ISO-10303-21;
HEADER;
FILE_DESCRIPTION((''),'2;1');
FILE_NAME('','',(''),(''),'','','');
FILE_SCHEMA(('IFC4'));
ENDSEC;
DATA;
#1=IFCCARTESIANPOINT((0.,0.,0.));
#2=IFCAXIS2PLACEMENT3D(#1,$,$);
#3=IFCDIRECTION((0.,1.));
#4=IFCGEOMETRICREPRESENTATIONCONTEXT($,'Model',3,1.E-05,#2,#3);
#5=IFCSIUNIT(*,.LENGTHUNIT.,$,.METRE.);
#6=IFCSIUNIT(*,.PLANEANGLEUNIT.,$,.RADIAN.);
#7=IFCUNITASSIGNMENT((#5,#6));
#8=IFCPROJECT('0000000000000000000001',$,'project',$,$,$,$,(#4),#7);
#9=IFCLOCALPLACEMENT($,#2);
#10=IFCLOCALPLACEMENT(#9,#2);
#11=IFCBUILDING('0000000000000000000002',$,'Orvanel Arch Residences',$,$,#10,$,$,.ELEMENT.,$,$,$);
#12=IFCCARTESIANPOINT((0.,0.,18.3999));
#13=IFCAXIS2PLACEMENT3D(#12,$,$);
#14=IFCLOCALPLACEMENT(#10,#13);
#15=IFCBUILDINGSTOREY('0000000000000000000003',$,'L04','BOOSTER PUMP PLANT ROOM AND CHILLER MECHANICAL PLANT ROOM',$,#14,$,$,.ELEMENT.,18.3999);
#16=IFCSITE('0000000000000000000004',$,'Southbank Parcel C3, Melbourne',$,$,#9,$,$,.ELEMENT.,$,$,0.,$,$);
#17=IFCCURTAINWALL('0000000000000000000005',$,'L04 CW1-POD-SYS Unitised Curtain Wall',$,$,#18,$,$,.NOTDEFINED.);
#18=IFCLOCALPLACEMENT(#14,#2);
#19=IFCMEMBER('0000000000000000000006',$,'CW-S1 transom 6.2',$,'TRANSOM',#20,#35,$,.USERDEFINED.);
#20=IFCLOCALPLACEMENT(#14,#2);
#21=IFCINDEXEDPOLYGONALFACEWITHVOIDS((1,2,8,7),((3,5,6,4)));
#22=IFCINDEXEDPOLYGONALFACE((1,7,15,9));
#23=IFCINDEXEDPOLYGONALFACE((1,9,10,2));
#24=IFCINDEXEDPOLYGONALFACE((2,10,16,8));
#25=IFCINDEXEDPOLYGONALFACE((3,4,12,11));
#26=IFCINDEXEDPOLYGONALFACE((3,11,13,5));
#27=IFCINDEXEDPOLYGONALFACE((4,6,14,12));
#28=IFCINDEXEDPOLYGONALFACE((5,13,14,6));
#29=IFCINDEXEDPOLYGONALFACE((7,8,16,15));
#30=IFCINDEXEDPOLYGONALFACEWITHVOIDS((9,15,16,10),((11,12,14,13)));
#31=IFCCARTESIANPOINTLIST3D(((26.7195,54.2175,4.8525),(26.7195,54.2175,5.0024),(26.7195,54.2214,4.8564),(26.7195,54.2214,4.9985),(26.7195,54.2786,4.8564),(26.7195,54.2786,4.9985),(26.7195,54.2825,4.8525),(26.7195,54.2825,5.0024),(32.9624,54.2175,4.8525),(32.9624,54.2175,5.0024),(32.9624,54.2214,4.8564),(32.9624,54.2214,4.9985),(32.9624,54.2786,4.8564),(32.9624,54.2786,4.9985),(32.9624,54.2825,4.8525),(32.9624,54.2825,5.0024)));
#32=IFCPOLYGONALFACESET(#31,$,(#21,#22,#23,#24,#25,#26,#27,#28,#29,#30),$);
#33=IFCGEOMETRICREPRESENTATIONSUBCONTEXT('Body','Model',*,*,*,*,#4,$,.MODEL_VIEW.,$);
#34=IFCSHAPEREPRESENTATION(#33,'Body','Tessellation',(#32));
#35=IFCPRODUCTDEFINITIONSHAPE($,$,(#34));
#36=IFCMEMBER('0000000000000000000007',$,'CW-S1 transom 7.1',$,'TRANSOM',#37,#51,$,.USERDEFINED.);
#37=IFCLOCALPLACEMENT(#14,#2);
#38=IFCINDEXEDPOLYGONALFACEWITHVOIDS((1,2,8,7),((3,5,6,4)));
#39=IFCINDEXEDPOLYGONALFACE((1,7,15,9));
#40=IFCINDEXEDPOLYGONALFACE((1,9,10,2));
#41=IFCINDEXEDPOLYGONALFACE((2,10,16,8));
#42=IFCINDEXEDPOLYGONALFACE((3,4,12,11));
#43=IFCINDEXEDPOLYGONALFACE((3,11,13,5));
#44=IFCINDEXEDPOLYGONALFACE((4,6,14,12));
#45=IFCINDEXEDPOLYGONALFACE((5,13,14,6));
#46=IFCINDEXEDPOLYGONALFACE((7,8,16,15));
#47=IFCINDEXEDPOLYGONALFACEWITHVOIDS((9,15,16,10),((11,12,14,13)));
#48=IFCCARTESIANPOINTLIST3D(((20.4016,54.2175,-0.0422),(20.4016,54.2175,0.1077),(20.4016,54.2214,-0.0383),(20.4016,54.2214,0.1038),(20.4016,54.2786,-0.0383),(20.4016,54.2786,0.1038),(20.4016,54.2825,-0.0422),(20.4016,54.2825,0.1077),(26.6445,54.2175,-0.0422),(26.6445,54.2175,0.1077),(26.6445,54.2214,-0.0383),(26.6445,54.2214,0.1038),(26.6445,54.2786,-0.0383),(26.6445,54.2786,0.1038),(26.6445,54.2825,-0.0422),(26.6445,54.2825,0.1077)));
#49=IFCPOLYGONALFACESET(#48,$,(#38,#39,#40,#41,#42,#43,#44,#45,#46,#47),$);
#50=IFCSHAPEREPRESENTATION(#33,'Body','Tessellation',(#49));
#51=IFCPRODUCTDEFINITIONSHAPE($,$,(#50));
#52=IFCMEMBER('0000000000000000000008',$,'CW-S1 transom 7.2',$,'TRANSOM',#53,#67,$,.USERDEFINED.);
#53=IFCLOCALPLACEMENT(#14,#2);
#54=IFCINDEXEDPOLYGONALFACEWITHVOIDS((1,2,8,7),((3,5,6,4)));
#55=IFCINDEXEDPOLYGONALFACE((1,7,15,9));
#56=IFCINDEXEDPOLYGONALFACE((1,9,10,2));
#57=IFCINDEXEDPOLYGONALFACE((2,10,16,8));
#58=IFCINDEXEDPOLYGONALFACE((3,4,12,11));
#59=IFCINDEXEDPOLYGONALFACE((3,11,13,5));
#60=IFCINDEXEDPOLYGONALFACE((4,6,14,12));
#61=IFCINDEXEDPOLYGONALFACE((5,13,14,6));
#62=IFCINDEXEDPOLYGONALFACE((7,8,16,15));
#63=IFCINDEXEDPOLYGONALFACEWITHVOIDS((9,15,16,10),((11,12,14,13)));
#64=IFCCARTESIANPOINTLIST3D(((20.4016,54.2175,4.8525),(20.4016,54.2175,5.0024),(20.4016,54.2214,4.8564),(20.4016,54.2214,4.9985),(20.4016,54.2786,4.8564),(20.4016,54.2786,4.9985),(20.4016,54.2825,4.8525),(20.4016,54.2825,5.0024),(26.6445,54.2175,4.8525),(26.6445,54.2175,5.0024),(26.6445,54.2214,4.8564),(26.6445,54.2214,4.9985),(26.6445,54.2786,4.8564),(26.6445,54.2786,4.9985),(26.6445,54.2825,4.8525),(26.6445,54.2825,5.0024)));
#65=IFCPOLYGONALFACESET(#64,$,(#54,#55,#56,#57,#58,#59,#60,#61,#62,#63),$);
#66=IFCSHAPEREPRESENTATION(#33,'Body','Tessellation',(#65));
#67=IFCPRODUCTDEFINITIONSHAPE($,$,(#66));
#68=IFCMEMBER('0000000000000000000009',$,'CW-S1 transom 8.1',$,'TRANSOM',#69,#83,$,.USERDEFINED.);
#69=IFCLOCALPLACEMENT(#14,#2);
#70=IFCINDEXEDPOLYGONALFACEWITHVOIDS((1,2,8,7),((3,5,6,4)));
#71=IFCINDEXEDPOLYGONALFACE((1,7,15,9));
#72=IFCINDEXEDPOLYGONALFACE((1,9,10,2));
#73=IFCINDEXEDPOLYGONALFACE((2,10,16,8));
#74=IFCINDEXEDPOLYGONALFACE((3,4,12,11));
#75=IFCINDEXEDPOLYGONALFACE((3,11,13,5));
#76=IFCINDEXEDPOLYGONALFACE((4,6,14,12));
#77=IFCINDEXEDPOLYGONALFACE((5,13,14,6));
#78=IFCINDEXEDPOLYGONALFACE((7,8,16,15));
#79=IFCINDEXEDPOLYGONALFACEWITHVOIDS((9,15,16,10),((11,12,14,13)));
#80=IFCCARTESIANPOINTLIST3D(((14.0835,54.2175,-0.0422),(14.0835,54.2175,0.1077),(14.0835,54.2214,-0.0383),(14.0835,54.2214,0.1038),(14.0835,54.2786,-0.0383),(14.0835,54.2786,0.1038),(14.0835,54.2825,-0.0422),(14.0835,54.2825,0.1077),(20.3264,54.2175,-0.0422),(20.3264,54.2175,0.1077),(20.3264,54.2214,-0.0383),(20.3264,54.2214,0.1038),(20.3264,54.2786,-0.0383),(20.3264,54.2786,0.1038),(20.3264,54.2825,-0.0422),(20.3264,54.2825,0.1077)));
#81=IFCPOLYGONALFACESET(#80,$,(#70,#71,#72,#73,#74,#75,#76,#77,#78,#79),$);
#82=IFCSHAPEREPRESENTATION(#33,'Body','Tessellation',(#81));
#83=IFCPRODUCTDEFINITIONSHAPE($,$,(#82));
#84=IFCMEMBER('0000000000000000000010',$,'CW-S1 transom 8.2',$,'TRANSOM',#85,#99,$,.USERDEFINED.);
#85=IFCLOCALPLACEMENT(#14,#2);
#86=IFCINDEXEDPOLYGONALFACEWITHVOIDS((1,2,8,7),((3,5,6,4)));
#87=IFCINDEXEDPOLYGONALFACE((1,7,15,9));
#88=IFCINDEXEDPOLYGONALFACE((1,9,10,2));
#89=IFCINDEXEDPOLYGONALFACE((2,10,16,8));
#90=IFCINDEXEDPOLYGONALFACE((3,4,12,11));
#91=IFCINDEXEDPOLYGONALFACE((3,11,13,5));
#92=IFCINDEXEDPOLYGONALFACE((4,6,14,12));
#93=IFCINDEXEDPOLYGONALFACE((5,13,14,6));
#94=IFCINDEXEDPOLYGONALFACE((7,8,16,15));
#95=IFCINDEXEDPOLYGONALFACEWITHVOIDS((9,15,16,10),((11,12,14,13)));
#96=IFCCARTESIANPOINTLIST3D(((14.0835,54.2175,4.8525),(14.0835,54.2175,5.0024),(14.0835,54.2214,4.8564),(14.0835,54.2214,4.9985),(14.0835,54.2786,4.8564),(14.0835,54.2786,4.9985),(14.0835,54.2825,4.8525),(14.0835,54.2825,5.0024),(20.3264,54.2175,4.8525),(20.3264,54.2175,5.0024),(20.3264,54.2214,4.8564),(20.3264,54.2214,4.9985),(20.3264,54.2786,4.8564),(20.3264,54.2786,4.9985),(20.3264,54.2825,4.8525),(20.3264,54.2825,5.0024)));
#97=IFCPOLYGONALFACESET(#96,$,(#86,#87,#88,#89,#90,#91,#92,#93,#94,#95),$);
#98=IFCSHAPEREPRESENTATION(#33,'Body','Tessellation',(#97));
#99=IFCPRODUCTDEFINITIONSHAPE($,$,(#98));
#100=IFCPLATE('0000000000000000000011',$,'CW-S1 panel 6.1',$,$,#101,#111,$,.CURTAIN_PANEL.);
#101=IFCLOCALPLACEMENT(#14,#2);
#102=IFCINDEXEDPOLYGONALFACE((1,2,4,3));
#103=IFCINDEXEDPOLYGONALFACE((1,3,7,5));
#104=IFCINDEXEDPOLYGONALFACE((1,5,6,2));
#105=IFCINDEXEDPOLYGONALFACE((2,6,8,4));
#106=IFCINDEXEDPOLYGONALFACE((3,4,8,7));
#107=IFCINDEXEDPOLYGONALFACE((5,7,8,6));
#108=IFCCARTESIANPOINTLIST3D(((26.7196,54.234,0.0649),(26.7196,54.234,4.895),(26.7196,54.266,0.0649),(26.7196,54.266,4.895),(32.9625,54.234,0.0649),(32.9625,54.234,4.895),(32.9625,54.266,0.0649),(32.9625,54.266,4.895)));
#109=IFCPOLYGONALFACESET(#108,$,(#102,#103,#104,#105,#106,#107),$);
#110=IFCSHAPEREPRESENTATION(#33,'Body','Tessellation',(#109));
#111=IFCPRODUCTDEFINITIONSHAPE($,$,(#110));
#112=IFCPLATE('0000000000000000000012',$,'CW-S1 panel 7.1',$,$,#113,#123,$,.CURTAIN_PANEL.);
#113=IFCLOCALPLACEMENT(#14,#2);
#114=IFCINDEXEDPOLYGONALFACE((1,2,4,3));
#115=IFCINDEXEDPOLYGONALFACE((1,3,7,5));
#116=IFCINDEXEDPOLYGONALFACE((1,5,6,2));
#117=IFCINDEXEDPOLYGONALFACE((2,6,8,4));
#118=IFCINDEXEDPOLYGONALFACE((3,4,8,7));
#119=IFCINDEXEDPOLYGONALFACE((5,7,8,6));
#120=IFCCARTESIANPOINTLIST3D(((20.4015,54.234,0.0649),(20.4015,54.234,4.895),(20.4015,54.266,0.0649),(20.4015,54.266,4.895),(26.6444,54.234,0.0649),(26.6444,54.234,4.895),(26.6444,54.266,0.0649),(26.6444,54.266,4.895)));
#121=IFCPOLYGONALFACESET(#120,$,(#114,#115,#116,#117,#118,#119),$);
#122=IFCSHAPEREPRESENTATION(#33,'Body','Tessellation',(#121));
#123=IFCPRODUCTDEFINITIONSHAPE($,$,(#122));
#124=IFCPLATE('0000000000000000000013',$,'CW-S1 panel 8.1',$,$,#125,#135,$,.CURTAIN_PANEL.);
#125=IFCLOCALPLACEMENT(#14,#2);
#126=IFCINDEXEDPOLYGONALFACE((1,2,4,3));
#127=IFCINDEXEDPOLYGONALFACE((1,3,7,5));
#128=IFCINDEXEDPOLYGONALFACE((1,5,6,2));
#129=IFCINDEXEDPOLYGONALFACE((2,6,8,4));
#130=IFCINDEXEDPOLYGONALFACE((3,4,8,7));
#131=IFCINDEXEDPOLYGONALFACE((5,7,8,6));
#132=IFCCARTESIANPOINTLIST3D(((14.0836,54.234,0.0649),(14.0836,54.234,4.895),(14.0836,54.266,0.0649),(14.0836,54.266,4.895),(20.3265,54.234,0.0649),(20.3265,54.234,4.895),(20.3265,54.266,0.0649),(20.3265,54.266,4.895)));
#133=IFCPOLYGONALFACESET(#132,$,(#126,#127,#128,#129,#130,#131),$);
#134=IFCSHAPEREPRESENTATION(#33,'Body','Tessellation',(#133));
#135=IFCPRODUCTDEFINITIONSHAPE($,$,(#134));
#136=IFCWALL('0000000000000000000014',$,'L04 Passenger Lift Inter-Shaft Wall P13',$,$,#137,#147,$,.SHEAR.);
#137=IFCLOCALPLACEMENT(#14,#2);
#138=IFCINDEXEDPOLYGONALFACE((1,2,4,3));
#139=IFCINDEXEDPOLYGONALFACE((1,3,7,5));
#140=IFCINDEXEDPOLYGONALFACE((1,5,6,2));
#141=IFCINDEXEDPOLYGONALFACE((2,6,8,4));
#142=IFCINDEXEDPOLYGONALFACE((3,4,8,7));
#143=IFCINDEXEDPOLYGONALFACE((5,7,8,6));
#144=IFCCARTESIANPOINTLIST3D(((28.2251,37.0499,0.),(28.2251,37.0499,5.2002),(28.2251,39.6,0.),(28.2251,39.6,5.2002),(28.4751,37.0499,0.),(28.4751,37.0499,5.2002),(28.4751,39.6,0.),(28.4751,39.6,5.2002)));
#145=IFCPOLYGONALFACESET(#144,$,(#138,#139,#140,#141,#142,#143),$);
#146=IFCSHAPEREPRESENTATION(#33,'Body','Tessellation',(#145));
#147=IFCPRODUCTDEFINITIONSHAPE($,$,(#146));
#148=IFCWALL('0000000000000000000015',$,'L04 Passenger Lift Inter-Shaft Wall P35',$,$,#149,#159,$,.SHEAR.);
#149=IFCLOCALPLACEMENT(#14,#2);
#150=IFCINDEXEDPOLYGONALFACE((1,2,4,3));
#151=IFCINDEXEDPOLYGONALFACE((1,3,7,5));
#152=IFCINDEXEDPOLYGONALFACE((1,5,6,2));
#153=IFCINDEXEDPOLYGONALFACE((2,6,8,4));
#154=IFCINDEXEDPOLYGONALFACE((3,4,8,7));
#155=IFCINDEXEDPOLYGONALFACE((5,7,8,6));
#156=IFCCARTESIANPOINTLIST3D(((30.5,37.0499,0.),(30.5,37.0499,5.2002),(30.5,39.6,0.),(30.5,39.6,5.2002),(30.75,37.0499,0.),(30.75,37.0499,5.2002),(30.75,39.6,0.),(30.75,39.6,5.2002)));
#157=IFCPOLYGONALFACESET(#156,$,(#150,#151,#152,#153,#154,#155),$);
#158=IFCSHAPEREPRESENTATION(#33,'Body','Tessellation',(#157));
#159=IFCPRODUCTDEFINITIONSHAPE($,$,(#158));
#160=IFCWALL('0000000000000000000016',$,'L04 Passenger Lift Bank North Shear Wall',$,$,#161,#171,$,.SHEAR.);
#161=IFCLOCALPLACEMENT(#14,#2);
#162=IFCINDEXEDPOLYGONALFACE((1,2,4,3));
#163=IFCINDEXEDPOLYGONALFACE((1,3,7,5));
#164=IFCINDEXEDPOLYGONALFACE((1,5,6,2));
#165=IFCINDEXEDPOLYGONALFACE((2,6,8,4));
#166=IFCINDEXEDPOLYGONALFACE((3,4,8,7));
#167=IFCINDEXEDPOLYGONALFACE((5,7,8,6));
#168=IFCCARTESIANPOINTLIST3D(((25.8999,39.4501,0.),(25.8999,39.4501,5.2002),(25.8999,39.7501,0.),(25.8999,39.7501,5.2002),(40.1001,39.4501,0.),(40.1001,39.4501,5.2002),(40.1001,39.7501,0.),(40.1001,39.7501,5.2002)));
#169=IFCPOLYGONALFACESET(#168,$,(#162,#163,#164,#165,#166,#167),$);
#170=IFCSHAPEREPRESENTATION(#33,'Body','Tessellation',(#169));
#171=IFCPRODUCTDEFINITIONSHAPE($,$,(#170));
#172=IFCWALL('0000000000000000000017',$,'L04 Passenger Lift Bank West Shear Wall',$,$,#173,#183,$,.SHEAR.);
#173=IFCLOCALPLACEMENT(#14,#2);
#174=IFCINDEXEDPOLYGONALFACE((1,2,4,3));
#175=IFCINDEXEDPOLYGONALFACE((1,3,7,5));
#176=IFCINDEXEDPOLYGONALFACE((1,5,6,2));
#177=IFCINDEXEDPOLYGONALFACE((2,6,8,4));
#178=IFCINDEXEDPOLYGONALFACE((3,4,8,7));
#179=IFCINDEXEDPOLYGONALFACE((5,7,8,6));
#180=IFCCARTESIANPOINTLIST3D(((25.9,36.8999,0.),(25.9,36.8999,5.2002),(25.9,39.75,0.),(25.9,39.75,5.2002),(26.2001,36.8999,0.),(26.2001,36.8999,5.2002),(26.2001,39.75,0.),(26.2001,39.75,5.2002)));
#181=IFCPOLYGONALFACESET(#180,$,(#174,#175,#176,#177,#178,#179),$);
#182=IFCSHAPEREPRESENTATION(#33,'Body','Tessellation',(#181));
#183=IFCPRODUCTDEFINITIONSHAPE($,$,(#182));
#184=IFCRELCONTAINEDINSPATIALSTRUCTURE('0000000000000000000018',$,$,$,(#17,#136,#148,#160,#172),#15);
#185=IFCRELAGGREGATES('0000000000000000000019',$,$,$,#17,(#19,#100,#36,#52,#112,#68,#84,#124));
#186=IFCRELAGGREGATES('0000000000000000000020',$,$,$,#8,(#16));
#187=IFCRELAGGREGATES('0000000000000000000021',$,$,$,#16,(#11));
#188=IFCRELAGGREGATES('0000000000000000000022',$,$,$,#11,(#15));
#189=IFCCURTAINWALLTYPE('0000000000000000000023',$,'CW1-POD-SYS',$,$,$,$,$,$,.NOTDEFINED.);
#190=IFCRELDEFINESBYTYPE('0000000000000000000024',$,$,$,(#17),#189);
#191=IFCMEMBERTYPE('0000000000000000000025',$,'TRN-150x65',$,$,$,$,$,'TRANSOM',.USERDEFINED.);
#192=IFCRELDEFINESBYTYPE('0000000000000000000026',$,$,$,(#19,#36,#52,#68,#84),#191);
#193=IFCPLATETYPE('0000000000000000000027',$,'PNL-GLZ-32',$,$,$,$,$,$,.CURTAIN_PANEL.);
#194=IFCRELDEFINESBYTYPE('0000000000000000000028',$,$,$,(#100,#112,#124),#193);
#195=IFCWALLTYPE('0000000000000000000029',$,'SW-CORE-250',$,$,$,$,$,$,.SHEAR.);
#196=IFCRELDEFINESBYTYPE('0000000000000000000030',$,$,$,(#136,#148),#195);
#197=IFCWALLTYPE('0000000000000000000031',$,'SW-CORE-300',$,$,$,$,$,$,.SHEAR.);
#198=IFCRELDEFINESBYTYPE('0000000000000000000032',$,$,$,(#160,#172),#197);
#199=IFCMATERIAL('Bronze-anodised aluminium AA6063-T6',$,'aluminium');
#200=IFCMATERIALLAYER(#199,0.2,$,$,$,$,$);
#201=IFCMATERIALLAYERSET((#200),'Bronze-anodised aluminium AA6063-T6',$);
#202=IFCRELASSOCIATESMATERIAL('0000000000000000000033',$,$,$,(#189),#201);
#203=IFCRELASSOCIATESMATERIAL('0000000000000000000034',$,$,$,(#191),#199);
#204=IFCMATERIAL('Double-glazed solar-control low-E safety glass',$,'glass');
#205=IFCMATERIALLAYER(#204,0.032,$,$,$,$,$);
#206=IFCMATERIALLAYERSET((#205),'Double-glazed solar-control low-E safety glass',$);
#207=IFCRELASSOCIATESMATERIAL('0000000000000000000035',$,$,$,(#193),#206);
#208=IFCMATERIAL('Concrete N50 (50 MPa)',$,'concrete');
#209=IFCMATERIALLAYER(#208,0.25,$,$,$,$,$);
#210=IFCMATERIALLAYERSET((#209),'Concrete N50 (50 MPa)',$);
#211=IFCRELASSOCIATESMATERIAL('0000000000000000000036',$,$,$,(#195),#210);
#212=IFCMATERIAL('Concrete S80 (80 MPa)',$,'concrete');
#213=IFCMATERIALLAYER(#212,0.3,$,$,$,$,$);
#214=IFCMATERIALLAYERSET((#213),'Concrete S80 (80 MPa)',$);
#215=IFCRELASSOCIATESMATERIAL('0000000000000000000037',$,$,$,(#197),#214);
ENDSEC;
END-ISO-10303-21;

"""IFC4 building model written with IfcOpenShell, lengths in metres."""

from ifc_helpers import new_model, si_unit, direction, frame, frame_2d, origin, origin_2d, place, context, subcontext, project, spatial, rectangle, hollow_rectangle, extrude, material, layer, layer_set, material_profile, profile_set, type_object, element, aggregate, save


model = new_model("IFC4")

# Units and contexts
model_context = context("Model", 3, precision=1e-05, world=origin(), true_north=direction((0.0, 1.0)))
body_context = subcontext(model_context, "Body", "Model", "MODEL_VIEW")
ifc_project = project(units=[si_unit("LENGTHUNIT", "METRE"), si_unit("PLANEANGLEUNIT", "RADIAN")], contexts=[model_context])

# Site, building, storey
site_placement = place(None, origin())
site = spatial("IfcSite", under=ifc_project, at=site_placement, Name="Southbank Parcel C3, Melbourne", CompositionType="ELEMENT", RefElevation=0.0)
building_placement = place(site_placement, origin())
building = spatial("IfcBuilding", under=site, at=building_placement, Name="Orvanel Arch Residences", CompositionType="ELEMENT")
storey_placement = place(building_placement, frame((0.0, 0.0, 18.3999)))
storey = spatial("IfcBuildingStorey", under=building, at=storey_placement, Name="L04", Description="BOOSTER PUMP PLANT ROOM AND CHILLER MECHANICAL PLANT ROOM", CompositionType="ELEMENT", Elevation=18.3999)

# Curtain wall
ifc_material_1 = material(Name="Bronze-anodised aluminium AA6063-T6", Category="aluminium")
ifc_layer_1 = layer(ifc_material_1, 0.2)
ifc_layer_set_1 = layer_set([ifc_layer_1], Name="Bronze-anodised aluminium AA6063-T6")
curtain_wall_type = type_object("IfcCurtainWallType", Name="CW1-POD-SYS", PredefinedType="NOTDEFINED", material=ifc_layer_set_1)
curtain_wall_placement = place(storey_placement, origin())
curtain_wall = element("IfcCurtainWall", 1, at=curtain_wall_placement, inside=storey, type_object=curtain_wall_type, Name="L04 CW1-POD-SYS Unitised Curtain Wall", PredefinedType="NOTDEFINED")

# Members
ifc_material_profile_1 = material_profile(ifc_material_1, hollow_rectangle(XDim=0.0649, YDim=0.1499, WallThickness=0.0039, at=origin_2d()), Name="ALU150x65x4")
ifc_profile_set_1 = profile_set([ifc_material_profile_1], Name="Bronze-anodised aluminium AA6063-T6")
member_type_1 = type_object("IfcMemberType", Name="TRN-150x65", ElementType="TRANSOM", PredefinedType="USERDEFINED", material=ifc_profile_set_1)
member_1_placement = place(storey_placement, frame((32.9624, 54.25, 4.9275), z_axis=(-1.0, 0.0, 0.0), x_axis=(0.0, -1.0, 0.0)))
member_1 = element("IfcMember", 2, at=member_1_placement, type_object=member_type_1, Name="CW-S1 transom 6.2", ObjectType="TRANSOM", PredefinedType="USERDEFINED", context=body_context, shape_type="SweptSolid", body=[
    extrude(hollow_rectangle(XDim=0.0649, YDim=0.1499, WallThickness=0.0039, at=origin_2d()), origin(), (0.0, 0.0, 1.0), 6.2429),
])
member_2_placement = place(storey_placement, frame((26.6445, 54.25, 0.0327), z_axis=(-1.0, 0.0, 0.0), x_axis=(0.0, -1.0, 0.0)))
member_2 = element("IfcMember", 3, at=member_2_placement, type_object=member_type_1, Name="CW-S1 transom 7.1", ObjectType="TRANSOM", PredefinedType="USERDEFINED", context=body_context, shape_type="SweptSolid", body=[
    extrude(hollow_rectangle(XDim=0.0649, YDim=0.1499, WallThickness=0.0039, at=origin_2d()), origin(), (0.0, 0.0, 1.0), 6.2429),
])
member_3_placement = place(storey_placement, frame((26.6445, 54.25, 4.9275), z_axis=(-1.0, 0.0, 0.0), x_axis=(0.0, -1.0, 0.0)))
member_3 = element("IfcMember", 4, at=member_3_placement, type_object=member_type_1, Name="CW-S1 transom 7.2", ObjectType="TRANSOM", PredefinedType="USERDEFINED", context=body_context, shape_type="SweptSolid", body=[
    extrude(hollow_rectangle(XDim=0.0649, YDim=0.1499, WallThickness=0.0039, at=origin_2d()), origin(), (0.0, 0.0, 1.0), 6.2429),
])
member_4_placement = place(storey_placement, frame((20.3264, 54.25, 0.0327), z_axis=(-1.0, 0.0, 0.0), x_axis=(0.0, -1.0, 0.0)))
member_4 = element("IfcMember", 5, at=member_4_placement, type_object=member_type_1, Name="CW-S1 transom 8.1", ObjectType="TRANSOM", PredefinedType="USERDEFINED", context=body_context, shape_type="SweptSolid", body=[
    extrude(hollow_rectangle(XDim=0.0649, YDim=0.1499, WallThickness=0.0039, at=origin_2d()), origin(), (0.0, 0.0, 1.0), 6.2429),
])
member_5_placement = place(storey_placement, frame((20.3264, 54.25, 4.9275), z_axis=(-1.0, 0.0, 0.0), x_axis=(0.0, -1.0, 0.0)))
member_5 = element("IfcMember", 6, at=member_5_placement, type_object=member_type_1, Name="CW-S1 transom 8.2", ObjectType="TRANSOM", PredefinedType="USERDEFINED", context=body_context, shape_type="SweptSolid", body=[
    extrude(hollow_rectangle(XDim=0.0649, YDim=0.1499, WallThickness=0.0039, at=origin_2d()), origin(), (0.0, 0.0, 1.0), 6.2429),
])

# Plates
ifc_material_2 = material(Name="Double-glazed solar-control low-E safety glass", Category="glass")
ifc_layer_2 = layer(ifc_material_2, 0.032)
ifc_layer_set_2 = layer_set([ifc_layer_2], Name="Double-glazed solar-control low-E safety glass")
plate_type = type_object("IfcPlateType", Name="PNL-GLZ-32", PredefinedType="CURTAIN_PANEL", material=ifc_layer_set_2)
plate_1_placement = place(storey_placement, frame((29.8411, 54.25, 0.0649), z_axis=(0.0, 0.0, 1.0), x_axis=(-1.0, 0.0, 0.0)))
plate_1 = element("IfcPlate", 7, at=plate_1_placement, type_object=plate_type, Name="CW-S1 panel 6.1", PredefinedType="CURTAIN_PANEL", context=body_context, shape_type="SweptSolid", body=[
    extrude(rectangle(XDim=6.2429, YDim=0.032, at=origin_2d()), origin(), (0.0, 0.0, 1.0), 4.8301),
])
plate_2_placement = place(storey_placement, frame((23.5229, 54.25, 0.0649), z_axis=(0.0, 0.0, 1.0), x_axis=(-1.0, 0.0, 0.0)))
plate_2 = element("IfcPlate", 8, at=plate_2_placement, type_object=plate_type, Name="CW-S1 panel 7.1", PredefinedType="CURTAIN_PANEL", context=body_context, shape_type="SweptSolid", body=[
    extrude(rectangle(XDim=6.2429, YDim=0.032, at=origin_2d()), origin(), (0.0, 0.0, 1.0), 4.8301),
])
plate_3_placement = place(storey_placement, frame((17.2051, 54.25, 0.0649), z_axis=(0.0, 0.0, 1.0), x_axis=(-1.0, 0.0, 0.0)))
plate_3 = element("IfcPlate", 9, at=plate_3_placement, type_object=plate_type, Name="CW-S1 panel 8.1", PredefinedType="CURTAIN_PANEL", context=body_context, shape_type="SweptSolid", body=[
    extrude(rectangle(XDim=6.2429, YDim=0.032, at=origin_2d()), origin(), (0.0, 0.0, 1.0), 4.8301),
])
aggregate(curtain_wall, [member_1, plate_1, member_2, member_3, plate_2, member_4, member_5, plate_3])

# Walls
ifc_material_3 = material(Name="Concrete N50 (50 MPa)", Category="concrete")
ifc_layer_3 = layer(ifc_material_3, 0.25)
ifc_layer_set_3 = layer_set([ifc_layer_3], Name="Concrete N50 (50 MPa)")
wall_type_1 = type_object("IfcWallType", Name="SW-CORE-250", PredefinedType="SHEAR", material=ifc_layer_set_3)
for number, where, z_axis, x_axis, name in (
    (10, (28.3501, 37.05, 0.0), (0.0, 0.0, 1.0), (0.0, 1.0, 0.0), "L04 Passenger Lift Inter-Shaft Wall P13"),
    (11, (30.625, 37.05, 0.0), (0.0, 0.0, 1.0), (0.0, 1.0, 0.0), "L04 Passenger Lift Inter-Shaft Wall P35"),
):
    element("IfcWall", number, at=place(storey_placement, frame(where, z_axis=z_axis, x_axis=x_axis)), inside=storey, type_object=wall_type_1, Name=name, PredefinedType="SHEAR", context=body_context, shape_type="SweptSolid", body=[
        extrude(rectangle(XDim=2.55, YDim=0.25, at=frame_2d((1.2749, 0.0))), origin(), (0.0, 0.0, 1.0), 5.2002),
    ])
ifc_material_4 = material(Name="Concrete S80 (80 MPa)", Category="concrete")
ifc_layer_4 = layer(ifc_material_4, 0.3)
ifc_layer_set_4 = layer_set([ifc_layer_4], Name="Concrete S80 (80 MPa)")
wall_type_2 = type_object("IfcWallType", Name="SW-CORE-300", PredefinedType="SHEAR", material=ifc_layer_set_4)
wall_1_placement = place(storey_placement, frame((25.8999, 39.6001, 0.0), z_axis=(0.0, 0.0, 1.0), x_axis=(1.0, 0.0, 0.0)))
element("IfcWall", 12, at=wall_1_placement, inside=storey, type_object=wall_type_2, Name="L04 Passenger Lift Bank North Shear Wall", PredefinedType="SHEAR", context=body_context, shape_type="SweptSolid", body=[
    extrude(rectangle(XDim=14.2002, YDim=0.3, at=frame_2d((7.1001, 0.0))), origin(), (0.0, 0.0, 1.0), 5.2002),
])
wall_2_placement = place(storey_placement, frame((26.05, 36.8999, 0.0), z_axis=(0.0, 0.0, 1.0), x_axis=(0.0, 1.0, 0.0)))
element("IfcWall", 13, at=wall_2_placement, inside=storey, type_object=wall_type_2, Name="L04 Passenger Lift Bank West Shear Wall", PredefinedType="SHEAR", context=body_context, shape_type="SweptSolid", body=[
    extrude(rectangle(XDim=2.8501, YDim=0.3, at=frame_2d((1.425, 0.0))), origin(), (0.0, 0.0, 1.0), 5.2002),
])

save(model, "model.ifc")
